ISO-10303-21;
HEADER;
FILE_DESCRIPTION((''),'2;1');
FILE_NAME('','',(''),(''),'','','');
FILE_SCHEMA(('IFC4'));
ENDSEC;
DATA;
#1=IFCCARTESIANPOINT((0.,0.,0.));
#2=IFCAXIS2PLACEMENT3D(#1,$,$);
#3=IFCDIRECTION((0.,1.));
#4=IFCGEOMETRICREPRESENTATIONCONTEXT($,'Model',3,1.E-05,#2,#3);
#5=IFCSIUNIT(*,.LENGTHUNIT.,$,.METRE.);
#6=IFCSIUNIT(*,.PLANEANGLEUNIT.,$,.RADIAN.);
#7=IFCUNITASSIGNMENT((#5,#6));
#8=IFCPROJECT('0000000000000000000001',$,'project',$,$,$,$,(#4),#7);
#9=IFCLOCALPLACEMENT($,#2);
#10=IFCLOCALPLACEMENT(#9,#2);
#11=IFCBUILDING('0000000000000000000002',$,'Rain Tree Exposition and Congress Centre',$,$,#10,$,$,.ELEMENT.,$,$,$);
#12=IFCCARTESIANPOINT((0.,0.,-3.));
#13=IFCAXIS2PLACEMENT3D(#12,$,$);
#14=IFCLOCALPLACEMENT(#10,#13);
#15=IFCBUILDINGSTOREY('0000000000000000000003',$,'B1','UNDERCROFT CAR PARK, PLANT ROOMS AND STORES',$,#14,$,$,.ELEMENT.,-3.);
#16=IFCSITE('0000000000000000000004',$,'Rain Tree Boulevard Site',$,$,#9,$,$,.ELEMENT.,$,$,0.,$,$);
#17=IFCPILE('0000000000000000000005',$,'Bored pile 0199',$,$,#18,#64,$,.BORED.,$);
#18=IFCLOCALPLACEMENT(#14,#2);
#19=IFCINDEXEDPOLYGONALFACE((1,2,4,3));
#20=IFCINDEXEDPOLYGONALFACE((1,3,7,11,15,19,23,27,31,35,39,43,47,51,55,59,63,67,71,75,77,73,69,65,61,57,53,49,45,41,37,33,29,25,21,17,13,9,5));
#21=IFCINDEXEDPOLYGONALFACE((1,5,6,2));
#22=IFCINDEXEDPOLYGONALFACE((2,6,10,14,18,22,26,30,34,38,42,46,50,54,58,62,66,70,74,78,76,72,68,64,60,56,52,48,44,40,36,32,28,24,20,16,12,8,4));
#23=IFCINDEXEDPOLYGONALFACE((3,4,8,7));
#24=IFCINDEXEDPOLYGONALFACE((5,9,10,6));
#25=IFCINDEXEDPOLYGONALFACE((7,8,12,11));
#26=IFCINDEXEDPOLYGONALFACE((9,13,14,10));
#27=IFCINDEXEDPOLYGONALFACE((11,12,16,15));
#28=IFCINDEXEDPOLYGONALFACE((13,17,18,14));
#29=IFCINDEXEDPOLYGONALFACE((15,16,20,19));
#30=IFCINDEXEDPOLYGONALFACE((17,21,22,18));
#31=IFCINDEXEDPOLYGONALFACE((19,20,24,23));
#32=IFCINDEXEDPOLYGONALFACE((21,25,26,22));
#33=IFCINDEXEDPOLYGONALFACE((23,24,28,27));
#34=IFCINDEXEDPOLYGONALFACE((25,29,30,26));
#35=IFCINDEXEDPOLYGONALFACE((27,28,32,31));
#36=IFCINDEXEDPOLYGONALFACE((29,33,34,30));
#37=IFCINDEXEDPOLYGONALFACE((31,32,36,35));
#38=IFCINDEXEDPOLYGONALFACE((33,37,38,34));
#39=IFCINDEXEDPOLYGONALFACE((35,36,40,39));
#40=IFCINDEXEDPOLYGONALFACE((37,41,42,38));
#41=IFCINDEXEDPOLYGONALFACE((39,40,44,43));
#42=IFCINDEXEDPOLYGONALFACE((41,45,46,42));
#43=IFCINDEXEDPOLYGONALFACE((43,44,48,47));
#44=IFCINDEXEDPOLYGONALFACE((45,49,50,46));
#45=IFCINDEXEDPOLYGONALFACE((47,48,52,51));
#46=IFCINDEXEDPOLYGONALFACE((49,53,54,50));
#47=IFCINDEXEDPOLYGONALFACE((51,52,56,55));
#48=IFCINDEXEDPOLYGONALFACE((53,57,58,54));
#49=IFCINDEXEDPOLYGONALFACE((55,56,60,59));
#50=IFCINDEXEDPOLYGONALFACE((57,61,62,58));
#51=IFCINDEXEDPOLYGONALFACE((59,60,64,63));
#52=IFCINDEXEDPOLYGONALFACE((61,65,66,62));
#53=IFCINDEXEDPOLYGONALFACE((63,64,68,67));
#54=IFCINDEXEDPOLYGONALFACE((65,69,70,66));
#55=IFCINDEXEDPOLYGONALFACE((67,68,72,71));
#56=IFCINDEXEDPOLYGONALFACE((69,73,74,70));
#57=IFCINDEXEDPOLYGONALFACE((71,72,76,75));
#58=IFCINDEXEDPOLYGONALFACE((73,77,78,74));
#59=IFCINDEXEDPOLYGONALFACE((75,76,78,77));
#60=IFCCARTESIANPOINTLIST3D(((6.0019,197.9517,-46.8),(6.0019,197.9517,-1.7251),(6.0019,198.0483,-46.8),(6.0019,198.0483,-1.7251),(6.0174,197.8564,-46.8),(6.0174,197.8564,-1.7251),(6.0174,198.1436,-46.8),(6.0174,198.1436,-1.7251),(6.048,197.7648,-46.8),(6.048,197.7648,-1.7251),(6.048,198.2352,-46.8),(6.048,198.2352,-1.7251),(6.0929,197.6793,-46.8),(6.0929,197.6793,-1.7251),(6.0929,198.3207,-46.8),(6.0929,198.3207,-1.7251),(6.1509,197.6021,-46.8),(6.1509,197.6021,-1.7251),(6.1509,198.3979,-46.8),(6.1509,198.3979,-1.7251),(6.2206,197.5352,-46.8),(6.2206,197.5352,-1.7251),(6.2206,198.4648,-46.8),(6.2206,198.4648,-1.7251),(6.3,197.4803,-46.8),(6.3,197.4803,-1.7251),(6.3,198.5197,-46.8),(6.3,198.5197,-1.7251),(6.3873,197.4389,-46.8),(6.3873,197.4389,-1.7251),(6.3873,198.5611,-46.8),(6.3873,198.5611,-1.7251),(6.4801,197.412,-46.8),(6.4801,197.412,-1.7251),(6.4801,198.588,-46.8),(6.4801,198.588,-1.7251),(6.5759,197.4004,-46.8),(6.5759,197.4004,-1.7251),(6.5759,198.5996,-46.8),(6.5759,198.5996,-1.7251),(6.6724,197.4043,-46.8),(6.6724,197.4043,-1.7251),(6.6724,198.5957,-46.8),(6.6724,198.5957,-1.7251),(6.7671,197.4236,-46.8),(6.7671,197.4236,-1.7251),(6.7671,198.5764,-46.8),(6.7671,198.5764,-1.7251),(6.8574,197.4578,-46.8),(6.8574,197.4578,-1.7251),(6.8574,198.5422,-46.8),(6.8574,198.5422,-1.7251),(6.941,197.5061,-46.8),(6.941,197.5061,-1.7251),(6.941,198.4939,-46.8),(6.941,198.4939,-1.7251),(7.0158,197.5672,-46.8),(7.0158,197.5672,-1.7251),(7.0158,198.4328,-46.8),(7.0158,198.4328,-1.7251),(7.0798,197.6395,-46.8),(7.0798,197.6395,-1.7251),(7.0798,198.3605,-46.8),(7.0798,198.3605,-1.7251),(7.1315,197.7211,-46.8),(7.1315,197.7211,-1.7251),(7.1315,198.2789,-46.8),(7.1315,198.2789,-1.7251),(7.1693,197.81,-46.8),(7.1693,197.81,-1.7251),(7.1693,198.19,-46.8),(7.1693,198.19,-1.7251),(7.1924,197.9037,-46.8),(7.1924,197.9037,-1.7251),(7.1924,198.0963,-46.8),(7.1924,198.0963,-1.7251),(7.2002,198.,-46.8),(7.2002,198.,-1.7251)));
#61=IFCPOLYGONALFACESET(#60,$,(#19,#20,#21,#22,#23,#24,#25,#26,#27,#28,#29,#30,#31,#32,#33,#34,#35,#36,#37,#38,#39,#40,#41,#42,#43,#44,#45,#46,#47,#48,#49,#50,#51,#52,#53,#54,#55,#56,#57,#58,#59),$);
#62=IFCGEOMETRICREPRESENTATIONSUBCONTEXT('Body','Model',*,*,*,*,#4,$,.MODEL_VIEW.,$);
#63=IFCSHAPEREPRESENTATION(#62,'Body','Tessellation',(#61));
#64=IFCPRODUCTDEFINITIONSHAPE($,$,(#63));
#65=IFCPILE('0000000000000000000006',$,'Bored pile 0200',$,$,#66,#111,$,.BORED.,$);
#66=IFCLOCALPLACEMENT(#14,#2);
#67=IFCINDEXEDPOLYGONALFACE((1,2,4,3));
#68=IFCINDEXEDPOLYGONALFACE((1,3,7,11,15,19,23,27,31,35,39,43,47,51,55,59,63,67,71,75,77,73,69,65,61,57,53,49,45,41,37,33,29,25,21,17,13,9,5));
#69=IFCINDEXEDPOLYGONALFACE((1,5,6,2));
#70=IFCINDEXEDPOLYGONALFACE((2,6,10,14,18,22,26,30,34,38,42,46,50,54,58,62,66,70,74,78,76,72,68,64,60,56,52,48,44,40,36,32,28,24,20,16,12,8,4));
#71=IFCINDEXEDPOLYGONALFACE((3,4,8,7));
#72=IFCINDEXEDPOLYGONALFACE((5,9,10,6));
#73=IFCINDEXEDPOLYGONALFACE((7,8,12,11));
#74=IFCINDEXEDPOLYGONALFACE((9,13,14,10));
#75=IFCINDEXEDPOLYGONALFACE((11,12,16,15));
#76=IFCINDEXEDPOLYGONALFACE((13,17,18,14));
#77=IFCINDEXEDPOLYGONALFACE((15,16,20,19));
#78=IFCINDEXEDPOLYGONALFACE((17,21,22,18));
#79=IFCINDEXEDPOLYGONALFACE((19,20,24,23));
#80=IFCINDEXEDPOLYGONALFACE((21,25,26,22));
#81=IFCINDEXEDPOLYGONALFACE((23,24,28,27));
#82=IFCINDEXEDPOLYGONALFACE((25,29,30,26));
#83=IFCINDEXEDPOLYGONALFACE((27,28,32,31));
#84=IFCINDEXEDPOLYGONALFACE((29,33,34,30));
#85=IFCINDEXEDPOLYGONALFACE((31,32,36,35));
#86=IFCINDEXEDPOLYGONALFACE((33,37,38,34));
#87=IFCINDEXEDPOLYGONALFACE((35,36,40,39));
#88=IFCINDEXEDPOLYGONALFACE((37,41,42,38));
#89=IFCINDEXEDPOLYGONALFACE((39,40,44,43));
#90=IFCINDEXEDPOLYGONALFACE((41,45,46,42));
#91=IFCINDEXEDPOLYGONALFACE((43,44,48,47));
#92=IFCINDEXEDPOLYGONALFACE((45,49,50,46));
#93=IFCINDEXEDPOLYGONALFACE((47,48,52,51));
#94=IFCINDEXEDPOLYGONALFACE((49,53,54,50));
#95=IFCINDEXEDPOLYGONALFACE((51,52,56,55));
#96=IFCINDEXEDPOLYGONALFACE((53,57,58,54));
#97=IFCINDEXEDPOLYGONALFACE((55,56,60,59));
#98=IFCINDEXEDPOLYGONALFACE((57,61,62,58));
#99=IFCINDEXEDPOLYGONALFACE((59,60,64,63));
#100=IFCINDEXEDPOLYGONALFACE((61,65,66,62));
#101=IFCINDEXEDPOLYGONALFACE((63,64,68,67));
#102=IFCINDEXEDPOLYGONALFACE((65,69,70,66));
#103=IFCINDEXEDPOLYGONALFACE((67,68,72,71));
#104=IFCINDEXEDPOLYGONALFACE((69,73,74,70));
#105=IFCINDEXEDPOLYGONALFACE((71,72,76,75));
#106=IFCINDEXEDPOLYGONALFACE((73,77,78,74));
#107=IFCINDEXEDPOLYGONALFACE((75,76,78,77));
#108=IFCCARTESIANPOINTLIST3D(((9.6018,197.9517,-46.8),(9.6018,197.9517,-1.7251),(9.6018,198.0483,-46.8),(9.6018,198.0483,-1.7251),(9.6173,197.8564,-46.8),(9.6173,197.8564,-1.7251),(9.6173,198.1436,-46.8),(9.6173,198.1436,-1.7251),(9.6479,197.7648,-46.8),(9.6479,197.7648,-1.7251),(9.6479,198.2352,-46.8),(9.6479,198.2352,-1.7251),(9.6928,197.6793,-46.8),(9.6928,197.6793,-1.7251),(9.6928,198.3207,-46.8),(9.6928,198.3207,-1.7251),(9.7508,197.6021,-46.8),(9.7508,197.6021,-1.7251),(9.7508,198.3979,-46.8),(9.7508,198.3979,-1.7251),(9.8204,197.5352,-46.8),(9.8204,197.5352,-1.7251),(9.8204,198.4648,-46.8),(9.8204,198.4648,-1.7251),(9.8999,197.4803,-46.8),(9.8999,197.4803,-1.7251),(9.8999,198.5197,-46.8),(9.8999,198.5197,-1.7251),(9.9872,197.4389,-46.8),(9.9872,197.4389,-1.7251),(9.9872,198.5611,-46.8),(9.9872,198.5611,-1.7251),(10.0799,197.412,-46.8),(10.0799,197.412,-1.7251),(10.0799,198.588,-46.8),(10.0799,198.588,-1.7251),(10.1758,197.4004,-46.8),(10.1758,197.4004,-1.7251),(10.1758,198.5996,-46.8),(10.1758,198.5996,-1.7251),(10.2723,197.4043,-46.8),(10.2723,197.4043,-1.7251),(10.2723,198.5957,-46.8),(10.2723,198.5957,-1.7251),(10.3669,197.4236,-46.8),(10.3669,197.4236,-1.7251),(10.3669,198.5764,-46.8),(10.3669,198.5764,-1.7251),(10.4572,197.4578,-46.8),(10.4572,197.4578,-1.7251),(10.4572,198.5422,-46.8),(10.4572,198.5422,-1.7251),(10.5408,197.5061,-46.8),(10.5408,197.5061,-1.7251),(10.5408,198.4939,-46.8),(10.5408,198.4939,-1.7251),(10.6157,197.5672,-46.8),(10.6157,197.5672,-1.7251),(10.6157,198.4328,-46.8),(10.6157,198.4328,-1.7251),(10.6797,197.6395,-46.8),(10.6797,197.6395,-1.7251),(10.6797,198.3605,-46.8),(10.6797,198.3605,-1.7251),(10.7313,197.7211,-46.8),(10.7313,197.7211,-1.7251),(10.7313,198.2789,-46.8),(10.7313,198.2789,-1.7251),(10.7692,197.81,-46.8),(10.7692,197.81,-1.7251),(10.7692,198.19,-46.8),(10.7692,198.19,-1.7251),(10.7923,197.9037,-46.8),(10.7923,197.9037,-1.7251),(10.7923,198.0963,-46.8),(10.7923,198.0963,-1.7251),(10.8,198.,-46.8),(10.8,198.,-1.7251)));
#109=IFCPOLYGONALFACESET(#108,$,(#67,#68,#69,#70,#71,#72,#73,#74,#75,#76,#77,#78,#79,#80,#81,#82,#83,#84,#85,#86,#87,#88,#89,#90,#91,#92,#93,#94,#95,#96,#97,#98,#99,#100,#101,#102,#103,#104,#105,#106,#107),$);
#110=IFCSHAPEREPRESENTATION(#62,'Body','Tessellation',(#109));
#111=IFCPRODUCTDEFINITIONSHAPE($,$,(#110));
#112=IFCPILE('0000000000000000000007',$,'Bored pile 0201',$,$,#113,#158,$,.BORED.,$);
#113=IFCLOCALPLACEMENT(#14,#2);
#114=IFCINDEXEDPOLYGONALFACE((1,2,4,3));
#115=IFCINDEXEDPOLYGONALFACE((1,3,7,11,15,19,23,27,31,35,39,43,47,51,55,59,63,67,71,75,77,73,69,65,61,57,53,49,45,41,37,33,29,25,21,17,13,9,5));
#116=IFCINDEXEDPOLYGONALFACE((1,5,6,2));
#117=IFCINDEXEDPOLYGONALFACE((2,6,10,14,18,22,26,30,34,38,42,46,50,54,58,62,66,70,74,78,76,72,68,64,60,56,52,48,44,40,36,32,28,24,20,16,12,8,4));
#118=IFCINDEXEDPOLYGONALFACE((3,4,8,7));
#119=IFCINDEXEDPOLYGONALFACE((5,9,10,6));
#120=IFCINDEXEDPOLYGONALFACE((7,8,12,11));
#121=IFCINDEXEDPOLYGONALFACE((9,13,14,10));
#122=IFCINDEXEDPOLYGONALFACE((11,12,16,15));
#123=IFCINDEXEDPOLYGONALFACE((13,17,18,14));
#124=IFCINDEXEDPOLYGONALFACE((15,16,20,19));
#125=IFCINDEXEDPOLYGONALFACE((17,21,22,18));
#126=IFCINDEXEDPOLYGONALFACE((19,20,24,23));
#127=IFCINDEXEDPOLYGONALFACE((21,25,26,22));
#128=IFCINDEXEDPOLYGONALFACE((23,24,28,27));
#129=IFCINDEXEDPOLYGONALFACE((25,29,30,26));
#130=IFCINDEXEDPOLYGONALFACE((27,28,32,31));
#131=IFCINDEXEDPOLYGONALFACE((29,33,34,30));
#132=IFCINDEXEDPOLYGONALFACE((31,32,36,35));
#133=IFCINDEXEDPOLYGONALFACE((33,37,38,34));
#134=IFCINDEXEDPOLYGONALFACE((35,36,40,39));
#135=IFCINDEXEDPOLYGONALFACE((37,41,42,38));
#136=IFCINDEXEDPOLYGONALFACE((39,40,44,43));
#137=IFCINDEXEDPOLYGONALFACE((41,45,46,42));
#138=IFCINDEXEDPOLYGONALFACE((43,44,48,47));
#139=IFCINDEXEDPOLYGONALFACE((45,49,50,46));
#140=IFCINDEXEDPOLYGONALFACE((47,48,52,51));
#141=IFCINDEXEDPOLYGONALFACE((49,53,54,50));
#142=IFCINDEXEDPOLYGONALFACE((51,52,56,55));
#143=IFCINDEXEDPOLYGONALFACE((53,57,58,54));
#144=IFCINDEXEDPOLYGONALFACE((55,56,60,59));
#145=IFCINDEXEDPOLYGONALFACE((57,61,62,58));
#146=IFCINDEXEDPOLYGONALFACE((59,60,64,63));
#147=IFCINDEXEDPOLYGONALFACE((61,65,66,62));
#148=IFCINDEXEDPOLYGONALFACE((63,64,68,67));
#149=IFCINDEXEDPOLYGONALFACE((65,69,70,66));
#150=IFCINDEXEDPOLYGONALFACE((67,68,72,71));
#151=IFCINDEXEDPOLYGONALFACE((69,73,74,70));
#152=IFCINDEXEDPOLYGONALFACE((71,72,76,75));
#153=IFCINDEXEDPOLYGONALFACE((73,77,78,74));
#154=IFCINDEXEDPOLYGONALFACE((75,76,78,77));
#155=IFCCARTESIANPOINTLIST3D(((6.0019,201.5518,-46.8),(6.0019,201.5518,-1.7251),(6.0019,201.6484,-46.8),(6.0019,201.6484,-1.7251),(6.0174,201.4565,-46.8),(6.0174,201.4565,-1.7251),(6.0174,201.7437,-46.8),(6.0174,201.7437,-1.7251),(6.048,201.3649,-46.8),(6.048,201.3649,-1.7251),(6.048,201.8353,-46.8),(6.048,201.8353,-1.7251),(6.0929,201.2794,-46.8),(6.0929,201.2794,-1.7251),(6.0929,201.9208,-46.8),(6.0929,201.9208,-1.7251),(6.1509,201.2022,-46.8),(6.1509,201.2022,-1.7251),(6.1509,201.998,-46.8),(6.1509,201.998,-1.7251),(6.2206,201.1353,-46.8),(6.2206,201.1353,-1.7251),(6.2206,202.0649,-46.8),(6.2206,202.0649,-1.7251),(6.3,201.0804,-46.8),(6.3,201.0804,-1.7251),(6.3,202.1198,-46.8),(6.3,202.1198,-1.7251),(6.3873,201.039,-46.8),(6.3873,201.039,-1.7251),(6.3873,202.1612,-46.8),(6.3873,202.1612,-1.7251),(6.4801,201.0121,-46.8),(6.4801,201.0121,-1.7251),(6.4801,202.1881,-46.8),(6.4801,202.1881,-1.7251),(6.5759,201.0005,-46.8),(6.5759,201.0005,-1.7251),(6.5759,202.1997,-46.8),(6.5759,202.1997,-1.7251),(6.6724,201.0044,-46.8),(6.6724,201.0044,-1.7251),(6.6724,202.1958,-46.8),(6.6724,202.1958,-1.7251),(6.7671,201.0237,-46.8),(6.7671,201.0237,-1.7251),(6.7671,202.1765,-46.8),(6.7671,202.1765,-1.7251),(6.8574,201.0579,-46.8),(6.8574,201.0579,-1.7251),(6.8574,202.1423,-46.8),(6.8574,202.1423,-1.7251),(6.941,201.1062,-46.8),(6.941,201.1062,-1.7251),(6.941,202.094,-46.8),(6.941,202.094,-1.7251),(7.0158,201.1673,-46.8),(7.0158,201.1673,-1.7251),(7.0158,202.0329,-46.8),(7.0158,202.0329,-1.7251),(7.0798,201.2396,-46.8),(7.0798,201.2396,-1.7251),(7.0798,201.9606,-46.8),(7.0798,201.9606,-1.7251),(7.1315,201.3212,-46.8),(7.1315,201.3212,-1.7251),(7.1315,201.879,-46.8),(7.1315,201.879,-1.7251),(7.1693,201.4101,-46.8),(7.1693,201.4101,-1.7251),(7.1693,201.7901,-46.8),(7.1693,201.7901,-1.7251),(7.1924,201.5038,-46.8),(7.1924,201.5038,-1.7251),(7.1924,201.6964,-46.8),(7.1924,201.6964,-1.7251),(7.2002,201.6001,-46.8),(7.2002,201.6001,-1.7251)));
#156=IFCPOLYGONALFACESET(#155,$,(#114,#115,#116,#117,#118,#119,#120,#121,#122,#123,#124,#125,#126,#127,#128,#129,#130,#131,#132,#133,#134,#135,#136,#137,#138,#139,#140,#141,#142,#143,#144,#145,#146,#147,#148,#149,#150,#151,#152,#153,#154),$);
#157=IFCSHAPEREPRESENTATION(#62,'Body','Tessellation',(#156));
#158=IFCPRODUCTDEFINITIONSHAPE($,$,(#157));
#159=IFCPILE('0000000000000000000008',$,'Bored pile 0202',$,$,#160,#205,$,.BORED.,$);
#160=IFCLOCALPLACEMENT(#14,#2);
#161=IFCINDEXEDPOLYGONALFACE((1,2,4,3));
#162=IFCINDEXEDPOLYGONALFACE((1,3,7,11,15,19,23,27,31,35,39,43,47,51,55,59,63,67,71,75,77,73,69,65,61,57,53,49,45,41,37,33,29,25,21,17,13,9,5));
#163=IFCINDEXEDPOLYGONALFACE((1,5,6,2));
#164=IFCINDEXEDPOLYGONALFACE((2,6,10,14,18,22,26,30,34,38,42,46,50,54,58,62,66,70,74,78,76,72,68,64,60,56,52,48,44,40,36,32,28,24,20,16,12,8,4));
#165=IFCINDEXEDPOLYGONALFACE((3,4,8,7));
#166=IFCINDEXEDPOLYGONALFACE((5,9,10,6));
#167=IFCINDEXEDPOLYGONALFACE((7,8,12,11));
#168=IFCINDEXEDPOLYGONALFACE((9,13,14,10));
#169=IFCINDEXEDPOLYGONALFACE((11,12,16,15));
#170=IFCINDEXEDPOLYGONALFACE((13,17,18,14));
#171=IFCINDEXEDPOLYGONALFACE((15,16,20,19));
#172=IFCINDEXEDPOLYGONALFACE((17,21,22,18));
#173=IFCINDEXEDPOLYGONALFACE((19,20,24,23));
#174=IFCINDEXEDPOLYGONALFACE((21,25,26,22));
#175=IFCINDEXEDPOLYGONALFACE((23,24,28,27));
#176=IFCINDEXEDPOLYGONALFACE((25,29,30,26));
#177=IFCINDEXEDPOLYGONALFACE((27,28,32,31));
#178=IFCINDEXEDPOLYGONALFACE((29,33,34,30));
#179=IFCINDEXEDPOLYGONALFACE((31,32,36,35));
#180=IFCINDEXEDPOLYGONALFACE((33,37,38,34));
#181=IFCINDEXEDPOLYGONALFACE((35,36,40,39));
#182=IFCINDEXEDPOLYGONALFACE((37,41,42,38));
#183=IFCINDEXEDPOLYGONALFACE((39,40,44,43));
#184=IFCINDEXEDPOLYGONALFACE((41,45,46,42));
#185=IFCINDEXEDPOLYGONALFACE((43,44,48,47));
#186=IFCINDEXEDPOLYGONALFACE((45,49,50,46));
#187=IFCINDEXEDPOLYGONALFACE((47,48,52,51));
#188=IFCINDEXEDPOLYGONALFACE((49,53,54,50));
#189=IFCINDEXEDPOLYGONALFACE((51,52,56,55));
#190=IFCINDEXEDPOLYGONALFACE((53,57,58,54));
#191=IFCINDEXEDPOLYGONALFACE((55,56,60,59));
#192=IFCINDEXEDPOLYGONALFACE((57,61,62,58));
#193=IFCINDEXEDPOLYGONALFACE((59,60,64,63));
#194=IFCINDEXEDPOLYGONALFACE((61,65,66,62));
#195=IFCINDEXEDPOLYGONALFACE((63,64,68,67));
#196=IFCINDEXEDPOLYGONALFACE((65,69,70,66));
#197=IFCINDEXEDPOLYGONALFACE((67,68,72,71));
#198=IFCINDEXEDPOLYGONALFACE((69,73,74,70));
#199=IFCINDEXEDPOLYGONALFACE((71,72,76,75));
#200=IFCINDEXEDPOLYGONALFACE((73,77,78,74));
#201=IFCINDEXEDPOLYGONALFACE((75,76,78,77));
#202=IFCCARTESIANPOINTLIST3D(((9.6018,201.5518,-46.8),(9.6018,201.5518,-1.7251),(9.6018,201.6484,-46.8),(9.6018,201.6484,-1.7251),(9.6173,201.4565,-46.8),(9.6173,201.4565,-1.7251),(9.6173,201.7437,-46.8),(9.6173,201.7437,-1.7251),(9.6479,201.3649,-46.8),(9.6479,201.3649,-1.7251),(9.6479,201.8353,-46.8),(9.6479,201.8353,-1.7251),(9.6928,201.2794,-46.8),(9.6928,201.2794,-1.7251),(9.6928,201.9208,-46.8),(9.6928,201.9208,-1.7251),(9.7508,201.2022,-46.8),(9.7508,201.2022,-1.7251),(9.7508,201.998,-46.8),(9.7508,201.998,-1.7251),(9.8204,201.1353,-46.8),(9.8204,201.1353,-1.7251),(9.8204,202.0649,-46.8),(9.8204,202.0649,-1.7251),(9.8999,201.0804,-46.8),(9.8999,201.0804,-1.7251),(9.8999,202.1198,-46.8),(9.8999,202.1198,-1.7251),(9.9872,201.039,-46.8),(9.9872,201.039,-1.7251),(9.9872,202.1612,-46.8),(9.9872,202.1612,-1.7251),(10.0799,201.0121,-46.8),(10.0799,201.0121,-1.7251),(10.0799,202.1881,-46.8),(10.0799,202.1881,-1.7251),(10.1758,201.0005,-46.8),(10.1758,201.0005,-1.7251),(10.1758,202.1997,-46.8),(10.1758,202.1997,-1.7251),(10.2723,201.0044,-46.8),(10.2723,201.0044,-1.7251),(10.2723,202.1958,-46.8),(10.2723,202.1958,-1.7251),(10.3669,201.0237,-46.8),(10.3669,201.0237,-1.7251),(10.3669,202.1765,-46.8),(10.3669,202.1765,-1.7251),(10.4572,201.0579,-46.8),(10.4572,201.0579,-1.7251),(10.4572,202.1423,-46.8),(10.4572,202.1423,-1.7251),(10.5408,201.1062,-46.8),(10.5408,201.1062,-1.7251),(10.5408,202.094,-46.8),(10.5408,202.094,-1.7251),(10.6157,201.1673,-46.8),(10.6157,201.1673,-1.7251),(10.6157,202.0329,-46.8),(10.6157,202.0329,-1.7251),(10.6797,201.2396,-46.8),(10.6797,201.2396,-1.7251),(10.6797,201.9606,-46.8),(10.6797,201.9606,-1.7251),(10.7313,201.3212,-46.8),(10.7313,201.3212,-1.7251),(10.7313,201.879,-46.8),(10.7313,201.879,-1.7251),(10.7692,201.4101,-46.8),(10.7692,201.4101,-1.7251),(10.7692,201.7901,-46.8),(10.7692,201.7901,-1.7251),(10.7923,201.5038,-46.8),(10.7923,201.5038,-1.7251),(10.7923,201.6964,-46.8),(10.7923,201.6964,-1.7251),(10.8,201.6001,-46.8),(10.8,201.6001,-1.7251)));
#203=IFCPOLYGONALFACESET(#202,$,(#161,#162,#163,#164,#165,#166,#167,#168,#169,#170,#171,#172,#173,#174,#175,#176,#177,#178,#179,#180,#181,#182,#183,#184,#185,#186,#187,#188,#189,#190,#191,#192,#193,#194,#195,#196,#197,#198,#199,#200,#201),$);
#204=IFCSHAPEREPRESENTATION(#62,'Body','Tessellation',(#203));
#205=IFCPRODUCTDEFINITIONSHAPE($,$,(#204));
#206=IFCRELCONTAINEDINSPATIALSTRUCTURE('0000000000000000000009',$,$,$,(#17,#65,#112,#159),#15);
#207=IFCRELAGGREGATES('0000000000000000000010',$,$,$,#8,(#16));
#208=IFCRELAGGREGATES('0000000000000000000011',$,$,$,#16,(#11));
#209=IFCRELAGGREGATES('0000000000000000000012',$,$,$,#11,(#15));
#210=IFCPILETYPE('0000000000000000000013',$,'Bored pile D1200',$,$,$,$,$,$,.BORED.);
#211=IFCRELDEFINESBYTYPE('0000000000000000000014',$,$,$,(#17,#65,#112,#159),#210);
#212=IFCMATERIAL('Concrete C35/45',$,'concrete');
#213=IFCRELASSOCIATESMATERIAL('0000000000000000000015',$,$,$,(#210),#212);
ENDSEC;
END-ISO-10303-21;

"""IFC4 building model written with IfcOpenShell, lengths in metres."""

from ifc_helpers import new_model, si_unit, direction, frame, origin, origin_2d, place, context, subcontext, project, spatial, circle, extrude, material, material_profile, profile_set, type_object, element, save


model = new_model("IFC4")

# Units and contexts
model_context = context("Model", 3, precision=1e-05, world=origin(), true_north=direction((0.0, 1.0)))
body_context = subcontext(model_context, "Body", "Model", "MODEL_VIEW")
ifc_project = project(units=[si_unit("LENGTHUNIT", "METRE"), si_unit("PLANEANGLEUNIT", "RADIAN")], contexts=[model_context])

# Site, building, storey
site_placement = place(None, origin())
site = spatial("IfcSite", under=ifc_project, at=site_placement, Name="Rain Tree Boulevard Site", CompositionType="ELEMENT", RefElevation=0.0)
building_placement = place(site_placement, origin())
building = spatial("IfcBuilding", under=site, at=building_placement, Name="Rain Tree Exposition and Congress Centre", CompositionType="ELEMENT")
storey_placement = place(building_placement, frame((0.0, 0.0, -3.0)))
storey = spatial("IfcBuildingStorey", under=building, at=storey_placement, Name="B1", Description="UNDERCROFT CAR PARK, PLANT ROOMS AND STORES", CompositionType="ELEMENT", Elevation=-3.0)

# Piles
ifc_material_1 = material(Name="Concrete C35/45", Category="concrete")
ifc_material_profile_1 = material_profile(ifc_material_1, circle(Radius=0.6001, at=origin_2d()), Name="D1200")
ifc_profile_set_1 = profile_set([ifc_material_profile_1], Name="Concrete C35/45")
pile_type_1 = type_object("IfcPileType", Name="Bored pile D1200", PredefinedType="BORED", material=ifc_profile_set_1)
for number, where, z_axis, x_axis, name in (
    (1, (6.6001, 198.0, -1.7251), (0.0, 0.0, -1.0), (1.0, 0.0, 0.0), "Bored pile 0199"),
    (2, (10.2, 198.0, -1.7251), (0.0, 0.0, -1.0), (1.0, 0.0, 0.0), "Bored pile 0200"),
    (3, (6.6001, 201.6001, -1.7251), (0.0, 0.0, -1.0), (1.0, 0.0, 0.0), "Bored pile 0201"),
    (4, (10.2, 201.6001, -1.7251), (0.0, 0.0, -1.0), (1.0, 0.0, 0.0), "Bored pile 0202"),
):
    element("IfcPile", number, at=place(storey_placement, frame(where, z_axis=z_axis, x_axis=x_axis)), inside=storey, type_object=pile_type_1, Name=name, PredefinedType="BORED", context=body_context, shape_type="SweptSolid", body=[
        extrude(circle(Radius=0.6001, at=origin_2d()), origin(), (0.0, 0.0, 1.0), 45.075),
    ])

save(model, "model.ifc")
